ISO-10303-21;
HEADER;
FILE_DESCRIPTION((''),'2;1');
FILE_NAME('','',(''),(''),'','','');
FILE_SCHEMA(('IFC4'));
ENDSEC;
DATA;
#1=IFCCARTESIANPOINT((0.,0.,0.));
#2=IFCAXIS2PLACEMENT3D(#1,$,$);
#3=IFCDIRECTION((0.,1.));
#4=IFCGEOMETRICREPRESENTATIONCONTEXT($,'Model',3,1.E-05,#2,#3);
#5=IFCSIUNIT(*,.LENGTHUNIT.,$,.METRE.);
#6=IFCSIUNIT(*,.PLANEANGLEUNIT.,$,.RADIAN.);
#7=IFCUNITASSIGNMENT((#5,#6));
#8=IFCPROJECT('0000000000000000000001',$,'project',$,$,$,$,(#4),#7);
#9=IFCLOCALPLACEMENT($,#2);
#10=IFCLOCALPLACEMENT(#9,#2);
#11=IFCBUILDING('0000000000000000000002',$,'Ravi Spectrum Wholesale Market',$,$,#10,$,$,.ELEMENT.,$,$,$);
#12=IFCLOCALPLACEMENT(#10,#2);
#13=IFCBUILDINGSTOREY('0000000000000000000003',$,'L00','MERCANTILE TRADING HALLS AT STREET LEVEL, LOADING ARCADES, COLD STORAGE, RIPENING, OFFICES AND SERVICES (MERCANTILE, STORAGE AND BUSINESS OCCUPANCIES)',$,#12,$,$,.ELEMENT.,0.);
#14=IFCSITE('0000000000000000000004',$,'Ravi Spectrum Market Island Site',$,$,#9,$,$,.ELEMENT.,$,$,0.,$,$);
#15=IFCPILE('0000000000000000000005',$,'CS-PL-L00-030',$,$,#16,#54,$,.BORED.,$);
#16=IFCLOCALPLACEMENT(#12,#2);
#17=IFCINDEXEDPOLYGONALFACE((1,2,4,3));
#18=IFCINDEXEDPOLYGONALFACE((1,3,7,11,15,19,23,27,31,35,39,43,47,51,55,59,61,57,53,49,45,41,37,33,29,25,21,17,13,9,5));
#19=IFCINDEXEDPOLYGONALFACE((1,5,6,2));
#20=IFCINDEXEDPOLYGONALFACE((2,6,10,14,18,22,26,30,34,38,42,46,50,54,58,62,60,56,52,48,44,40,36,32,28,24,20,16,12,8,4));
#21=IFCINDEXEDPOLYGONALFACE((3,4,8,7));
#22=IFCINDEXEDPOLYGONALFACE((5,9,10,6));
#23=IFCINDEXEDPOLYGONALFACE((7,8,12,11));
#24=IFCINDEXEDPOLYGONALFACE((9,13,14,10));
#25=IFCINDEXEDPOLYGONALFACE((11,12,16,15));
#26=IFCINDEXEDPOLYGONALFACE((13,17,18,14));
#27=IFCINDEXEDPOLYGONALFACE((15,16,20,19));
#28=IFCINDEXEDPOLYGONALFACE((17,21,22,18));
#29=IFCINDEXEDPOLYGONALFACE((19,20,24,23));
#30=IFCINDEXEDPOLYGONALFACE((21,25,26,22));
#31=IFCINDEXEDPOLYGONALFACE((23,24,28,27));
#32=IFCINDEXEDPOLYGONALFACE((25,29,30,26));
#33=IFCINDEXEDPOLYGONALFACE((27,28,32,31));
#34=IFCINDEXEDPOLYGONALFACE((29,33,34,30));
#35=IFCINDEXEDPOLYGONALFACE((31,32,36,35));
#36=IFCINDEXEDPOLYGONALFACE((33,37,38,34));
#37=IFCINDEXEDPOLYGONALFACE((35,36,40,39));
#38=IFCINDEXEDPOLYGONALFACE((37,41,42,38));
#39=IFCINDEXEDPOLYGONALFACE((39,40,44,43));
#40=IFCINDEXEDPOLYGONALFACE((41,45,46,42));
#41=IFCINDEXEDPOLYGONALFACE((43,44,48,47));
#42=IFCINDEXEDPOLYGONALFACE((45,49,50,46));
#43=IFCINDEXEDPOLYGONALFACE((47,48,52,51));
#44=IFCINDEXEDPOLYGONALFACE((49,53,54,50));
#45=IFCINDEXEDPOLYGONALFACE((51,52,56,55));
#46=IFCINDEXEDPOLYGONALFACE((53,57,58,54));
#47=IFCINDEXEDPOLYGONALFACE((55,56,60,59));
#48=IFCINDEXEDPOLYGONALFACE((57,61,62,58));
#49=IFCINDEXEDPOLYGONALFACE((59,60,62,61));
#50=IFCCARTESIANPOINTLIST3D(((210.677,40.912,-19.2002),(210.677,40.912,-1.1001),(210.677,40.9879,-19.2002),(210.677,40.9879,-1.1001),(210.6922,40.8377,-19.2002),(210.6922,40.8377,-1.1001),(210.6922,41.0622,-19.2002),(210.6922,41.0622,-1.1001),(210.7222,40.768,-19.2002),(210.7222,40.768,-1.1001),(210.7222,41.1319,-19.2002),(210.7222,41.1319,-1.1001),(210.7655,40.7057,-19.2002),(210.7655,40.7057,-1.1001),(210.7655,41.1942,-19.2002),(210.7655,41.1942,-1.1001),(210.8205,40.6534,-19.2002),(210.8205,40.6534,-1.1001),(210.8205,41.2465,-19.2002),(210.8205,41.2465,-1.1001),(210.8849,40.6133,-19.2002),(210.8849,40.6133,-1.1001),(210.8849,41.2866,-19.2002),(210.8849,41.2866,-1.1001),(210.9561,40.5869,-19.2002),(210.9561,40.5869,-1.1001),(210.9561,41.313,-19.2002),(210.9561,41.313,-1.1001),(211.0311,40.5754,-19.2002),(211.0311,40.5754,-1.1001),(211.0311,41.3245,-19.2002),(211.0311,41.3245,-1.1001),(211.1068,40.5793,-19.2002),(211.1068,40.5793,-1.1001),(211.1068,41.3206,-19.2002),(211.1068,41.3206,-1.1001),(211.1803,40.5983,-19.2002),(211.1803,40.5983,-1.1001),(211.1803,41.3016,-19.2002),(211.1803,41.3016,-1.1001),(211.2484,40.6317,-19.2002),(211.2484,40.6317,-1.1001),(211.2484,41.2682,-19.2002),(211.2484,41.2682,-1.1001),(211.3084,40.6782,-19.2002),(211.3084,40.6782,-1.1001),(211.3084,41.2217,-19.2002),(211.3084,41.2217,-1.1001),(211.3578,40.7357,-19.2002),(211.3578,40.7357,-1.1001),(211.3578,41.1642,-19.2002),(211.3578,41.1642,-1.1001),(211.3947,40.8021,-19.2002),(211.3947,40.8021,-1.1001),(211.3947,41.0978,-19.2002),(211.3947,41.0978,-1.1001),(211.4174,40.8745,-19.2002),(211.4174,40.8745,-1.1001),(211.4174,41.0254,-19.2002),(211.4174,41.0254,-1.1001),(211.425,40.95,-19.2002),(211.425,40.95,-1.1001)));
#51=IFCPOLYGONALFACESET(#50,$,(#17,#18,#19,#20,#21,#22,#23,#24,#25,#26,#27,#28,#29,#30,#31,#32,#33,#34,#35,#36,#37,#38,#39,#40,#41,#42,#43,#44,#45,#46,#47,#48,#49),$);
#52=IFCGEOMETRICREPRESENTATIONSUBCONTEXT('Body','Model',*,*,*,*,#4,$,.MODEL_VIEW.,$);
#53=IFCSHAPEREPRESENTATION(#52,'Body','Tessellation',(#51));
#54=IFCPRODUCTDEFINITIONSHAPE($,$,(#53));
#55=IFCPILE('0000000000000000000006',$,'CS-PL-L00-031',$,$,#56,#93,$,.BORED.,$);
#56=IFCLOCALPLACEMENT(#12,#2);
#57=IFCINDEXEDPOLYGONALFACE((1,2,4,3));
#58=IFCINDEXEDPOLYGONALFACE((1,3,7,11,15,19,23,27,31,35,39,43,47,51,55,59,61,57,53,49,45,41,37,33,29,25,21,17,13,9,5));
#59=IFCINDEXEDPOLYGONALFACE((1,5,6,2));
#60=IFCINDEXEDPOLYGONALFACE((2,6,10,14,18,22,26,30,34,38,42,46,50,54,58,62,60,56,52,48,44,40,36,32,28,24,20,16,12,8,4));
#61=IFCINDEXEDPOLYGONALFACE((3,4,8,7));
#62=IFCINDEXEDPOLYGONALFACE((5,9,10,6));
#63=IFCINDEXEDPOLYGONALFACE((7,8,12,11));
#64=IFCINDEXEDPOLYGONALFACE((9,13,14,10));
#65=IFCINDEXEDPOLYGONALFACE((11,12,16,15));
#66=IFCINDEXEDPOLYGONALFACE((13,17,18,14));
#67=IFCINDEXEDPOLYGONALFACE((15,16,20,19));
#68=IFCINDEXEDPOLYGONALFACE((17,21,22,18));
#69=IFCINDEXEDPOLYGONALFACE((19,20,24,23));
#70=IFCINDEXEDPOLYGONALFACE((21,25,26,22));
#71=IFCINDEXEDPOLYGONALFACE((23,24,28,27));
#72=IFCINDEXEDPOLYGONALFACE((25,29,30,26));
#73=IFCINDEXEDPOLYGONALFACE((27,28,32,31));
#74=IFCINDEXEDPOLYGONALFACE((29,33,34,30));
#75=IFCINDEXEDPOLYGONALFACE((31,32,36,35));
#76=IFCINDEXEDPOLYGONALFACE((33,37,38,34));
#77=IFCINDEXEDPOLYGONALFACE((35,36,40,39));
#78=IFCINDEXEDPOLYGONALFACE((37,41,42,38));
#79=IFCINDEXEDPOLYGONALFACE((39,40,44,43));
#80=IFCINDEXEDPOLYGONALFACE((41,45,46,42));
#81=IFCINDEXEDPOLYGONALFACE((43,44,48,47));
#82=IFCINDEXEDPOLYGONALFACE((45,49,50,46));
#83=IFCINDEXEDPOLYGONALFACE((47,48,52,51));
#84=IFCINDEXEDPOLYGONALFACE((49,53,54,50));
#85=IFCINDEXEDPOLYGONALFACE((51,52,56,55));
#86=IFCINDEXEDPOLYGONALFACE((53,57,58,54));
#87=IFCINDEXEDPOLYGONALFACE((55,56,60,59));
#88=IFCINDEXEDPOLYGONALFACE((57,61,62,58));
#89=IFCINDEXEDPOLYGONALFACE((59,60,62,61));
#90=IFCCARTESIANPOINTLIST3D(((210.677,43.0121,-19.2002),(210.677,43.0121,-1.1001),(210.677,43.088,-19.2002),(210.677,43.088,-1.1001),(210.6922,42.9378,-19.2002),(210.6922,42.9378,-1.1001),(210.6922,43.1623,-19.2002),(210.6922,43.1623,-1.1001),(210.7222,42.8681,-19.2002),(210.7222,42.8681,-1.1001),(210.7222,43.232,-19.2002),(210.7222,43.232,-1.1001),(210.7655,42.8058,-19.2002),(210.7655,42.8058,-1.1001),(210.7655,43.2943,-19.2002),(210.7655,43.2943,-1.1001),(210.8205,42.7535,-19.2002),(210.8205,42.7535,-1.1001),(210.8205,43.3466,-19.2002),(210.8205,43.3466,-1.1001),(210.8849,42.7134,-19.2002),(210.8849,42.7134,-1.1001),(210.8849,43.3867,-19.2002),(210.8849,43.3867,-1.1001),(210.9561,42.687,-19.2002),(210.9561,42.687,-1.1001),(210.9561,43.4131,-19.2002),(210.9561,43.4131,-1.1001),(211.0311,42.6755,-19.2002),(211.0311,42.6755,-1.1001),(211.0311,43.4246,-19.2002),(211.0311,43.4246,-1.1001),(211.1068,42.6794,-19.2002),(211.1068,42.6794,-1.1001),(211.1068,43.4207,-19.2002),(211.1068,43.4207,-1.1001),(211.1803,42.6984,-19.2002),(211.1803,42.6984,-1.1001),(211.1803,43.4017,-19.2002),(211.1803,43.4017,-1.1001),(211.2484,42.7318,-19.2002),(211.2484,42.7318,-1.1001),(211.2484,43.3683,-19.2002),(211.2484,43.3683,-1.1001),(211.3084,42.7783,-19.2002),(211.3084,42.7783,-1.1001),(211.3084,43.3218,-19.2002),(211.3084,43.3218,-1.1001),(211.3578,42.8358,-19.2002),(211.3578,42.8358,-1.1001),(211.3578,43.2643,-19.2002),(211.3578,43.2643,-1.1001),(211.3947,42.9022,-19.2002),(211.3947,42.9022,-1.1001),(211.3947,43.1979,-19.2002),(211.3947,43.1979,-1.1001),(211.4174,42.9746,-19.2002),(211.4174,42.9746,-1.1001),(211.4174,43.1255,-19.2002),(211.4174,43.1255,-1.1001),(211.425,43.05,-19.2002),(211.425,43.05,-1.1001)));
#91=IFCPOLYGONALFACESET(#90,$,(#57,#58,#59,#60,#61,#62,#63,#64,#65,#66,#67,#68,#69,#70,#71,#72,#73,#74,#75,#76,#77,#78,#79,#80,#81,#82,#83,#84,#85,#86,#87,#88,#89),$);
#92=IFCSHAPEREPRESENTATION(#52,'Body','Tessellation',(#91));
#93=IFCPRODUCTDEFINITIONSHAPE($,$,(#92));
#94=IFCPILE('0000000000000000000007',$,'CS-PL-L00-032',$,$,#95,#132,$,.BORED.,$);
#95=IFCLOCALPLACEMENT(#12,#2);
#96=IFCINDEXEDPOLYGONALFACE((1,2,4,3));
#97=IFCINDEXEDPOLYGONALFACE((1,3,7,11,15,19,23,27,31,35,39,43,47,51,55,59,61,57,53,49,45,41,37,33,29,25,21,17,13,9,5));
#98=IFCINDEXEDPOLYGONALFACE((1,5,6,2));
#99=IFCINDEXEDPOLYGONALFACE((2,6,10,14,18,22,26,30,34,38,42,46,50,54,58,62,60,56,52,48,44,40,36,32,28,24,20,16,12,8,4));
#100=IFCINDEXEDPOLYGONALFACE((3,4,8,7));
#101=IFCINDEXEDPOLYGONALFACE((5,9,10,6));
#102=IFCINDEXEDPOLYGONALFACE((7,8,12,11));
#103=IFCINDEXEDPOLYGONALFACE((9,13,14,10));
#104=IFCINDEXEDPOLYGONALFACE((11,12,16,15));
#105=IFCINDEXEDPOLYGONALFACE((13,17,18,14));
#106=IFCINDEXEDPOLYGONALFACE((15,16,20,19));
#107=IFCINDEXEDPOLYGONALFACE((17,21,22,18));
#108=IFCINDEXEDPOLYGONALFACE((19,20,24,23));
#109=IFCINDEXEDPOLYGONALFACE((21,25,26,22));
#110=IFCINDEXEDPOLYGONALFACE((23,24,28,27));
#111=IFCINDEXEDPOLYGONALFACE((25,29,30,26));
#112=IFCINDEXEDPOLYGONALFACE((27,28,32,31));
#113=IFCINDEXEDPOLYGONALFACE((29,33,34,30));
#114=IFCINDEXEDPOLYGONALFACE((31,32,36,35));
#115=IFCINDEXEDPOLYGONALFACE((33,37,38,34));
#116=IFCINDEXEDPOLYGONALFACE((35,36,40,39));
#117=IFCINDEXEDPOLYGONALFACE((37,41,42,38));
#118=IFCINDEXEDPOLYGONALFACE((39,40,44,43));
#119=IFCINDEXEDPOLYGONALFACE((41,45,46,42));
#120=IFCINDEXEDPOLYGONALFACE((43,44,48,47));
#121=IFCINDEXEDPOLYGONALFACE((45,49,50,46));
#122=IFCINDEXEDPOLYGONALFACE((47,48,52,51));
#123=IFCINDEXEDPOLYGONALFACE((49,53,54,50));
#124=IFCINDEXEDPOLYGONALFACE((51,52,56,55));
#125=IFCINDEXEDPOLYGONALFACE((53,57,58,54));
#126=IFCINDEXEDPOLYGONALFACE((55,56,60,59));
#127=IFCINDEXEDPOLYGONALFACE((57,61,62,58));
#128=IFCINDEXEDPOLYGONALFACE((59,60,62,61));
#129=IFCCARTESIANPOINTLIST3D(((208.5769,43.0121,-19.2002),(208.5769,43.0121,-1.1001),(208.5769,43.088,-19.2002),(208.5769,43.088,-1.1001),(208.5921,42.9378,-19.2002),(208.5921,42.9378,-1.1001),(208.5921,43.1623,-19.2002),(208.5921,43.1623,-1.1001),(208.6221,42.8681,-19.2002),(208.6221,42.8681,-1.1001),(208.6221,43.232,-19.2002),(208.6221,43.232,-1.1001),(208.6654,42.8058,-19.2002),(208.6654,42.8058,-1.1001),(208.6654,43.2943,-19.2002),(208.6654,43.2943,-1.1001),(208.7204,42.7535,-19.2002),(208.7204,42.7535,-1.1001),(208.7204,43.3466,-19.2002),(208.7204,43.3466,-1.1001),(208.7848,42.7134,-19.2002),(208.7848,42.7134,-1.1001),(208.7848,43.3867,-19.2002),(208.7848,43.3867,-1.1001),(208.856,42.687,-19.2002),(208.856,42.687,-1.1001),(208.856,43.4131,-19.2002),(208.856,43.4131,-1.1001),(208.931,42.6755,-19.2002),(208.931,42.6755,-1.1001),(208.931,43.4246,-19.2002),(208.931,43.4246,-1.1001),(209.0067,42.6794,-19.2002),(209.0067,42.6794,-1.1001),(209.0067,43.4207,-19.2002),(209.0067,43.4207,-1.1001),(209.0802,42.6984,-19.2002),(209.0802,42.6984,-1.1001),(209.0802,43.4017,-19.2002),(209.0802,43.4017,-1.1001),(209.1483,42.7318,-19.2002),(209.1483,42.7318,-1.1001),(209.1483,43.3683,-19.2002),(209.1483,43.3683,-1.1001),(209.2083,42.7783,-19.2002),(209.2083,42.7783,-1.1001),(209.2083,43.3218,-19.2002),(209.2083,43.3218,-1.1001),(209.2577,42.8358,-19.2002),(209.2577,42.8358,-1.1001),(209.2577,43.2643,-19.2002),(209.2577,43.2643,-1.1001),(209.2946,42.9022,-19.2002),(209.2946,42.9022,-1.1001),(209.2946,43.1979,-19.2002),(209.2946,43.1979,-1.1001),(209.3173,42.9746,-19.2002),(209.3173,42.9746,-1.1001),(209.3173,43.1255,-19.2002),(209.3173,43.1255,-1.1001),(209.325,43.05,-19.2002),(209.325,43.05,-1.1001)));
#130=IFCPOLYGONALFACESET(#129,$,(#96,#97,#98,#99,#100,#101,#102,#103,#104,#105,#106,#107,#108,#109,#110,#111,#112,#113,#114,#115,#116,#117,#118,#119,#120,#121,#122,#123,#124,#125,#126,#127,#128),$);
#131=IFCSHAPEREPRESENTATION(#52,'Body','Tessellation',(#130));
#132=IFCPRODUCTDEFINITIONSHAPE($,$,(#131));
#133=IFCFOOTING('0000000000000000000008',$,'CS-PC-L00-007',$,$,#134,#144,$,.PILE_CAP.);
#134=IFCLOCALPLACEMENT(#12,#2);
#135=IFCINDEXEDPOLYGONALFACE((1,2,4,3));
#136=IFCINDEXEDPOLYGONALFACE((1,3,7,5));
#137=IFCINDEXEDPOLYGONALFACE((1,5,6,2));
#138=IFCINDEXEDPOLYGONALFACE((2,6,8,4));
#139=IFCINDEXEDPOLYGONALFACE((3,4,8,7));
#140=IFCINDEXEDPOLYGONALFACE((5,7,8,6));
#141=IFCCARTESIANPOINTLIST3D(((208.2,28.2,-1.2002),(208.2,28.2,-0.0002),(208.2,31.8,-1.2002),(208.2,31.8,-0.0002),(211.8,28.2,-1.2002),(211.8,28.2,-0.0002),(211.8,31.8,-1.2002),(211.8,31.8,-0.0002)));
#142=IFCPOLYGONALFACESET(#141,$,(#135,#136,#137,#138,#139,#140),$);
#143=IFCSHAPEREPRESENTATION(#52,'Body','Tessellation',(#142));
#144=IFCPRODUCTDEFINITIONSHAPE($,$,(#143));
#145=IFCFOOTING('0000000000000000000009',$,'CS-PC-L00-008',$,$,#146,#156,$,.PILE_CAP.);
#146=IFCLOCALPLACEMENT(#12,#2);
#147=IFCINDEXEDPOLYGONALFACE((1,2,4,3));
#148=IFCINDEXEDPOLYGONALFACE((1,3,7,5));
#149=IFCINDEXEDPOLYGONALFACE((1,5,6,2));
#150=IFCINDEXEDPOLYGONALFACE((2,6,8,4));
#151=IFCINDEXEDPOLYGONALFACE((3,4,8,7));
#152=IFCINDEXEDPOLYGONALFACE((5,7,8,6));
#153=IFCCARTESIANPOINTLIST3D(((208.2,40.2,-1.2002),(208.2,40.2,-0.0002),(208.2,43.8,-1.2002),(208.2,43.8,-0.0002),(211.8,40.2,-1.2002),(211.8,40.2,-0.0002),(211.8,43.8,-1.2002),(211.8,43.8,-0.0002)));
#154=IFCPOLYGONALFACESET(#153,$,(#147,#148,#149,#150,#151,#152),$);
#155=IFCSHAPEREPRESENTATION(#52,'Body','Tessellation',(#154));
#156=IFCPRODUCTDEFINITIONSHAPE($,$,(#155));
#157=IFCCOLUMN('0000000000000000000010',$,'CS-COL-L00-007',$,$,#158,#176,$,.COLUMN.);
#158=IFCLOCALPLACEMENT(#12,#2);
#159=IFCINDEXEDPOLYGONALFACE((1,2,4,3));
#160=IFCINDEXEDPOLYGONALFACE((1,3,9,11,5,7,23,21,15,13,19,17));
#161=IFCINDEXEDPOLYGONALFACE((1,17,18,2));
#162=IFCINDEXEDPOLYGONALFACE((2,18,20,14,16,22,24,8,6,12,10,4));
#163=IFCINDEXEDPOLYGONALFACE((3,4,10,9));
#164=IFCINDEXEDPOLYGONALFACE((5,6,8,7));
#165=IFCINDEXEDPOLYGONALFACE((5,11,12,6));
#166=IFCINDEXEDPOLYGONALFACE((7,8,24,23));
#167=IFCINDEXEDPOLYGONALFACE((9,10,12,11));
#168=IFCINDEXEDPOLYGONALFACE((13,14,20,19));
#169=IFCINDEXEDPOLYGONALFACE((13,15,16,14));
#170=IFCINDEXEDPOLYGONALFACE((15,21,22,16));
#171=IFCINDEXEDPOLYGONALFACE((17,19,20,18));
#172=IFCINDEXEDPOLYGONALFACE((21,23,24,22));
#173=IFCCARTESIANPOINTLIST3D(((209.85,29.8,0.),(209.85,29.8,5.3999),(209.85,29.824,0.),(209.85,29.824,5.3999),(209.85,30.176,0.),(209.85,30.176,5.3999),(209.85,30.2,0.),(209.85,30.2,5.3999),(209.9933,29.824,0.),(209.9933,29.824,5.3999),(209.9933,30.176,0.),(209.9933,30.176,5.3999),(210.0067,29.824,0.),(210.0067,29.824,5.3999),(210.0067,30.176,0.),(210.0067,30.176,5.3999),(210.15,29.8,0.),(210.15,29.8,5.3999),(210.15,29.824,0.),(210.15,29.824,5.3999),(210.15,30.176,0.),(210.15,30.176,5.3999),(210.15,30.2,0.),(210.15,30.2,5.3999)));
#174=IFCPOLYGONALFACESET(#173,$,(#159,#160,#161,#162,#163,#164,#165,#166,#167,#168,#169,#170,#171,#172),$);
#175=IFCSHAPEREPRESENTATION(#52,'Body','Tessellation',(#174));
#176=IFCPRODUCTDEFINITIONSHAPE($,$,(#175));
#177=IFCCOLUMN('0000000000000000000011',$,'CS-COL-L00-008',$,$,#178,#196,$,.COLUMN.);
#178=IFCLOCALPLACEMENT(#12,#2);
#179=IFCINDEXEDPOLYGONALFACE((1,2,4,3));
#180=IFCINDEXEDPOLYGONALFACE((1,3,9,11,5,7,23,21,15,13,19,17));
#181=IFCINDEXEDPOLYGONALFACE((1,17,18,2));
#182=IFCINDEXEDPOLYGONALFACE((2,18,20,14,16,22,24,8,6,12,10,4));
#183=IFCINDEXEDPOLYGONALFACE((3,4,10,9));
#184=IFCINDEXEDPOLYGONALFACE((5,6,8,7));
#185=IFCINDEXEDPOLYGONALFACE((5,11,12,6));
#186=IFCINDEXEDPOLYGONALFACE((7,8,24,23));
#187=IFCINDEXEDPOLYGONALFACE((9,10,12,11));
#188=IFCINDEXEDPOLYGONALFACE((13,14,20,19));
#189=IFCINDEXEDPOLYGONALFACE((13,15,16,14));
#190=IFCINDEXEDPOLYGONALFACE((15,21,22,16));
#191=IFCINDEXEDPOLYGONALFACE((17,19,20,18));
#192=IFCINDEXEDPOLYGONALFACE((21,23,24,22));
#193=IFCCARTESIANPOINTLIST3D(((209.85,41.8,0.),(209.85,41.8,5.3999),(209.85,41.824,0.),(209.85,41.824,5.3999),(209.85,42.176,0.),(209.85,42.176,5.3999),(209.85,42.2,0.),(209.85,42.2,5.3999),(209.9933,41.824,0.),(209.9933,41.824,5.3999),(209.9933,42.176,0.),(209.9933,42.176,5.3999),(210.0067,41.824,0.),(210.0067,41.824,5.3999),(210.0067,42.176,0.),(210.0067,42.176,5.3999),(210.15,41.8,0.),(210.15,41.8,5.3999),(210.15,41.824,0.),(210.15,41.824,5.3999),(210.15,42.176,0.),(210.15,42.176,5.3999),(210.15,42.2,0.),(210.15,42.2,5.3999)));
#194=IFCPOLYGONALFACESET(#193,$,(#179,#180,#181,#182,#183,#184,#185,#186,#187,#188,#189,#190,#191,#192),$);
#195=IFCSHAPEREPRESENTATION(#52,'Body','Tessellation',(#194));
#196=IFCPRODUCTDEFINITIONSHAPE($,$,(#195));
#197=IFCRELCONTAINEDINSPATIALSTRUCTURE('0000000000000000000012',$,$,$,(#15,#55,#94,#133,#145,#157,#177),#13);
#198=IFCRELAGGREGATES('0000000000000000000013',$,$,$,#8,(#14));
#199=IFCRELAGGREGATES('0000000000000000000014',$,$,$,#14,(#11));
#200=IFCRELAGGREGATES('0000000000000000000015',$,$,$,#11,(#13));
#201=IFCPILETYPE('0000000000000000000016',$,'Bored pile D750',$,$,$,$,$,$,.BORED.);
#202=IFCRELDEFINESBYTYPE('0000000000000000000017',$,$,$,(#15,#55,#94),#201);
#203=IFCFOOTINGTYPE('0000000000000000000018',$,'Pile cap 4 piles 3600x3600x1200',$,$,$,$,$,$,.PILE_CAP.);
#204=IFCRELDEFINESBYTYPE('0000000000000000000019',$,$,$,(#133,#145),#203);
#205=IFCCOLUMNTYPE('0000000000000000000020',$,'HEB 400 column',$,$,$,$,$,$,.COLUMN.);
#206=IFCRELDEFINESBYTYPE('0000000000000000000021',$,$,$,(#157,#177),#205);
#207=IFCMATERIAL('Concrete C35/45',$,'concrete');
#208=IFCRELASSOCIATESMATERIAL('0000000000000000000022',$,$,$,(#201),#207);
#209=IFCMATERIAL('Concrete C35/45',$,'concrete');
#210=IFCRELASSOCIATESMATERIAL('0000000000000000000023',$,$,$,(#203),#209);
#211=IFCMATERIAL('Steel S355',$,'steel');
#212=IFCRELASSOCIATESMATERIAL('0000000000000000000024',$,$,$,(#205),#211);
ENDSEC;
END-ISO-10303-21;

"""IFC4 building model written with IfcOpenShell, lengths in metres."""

from ifc_helpers import new_model, si_unit, direction, frame, origin, origin_2d, place, context, subcontext, project, spatial, rectangle, circle, i_section, extrude, material, material_profile, profile_set, type_object, element, save


model = new_model("IFC4")

# Units and contexts
model_context = context("Model", 3, precision=1e-05, world=origin(), true_north=direction((0.0, 1.0)))
body_context = subcontext(model_context, "Body", "Model", "MODEL_VIEW")
ifc_project = project(units=[si_unit("LENGTHUNIT", "METRE"), si_unit("PLANEANGLEUNIT", "RADIAN")], contexts=[model_context])

# Site, building, storey
site_placement = place(None, origin())
site = spatial("IfcSite", under=ifc_project, at=site_placement, Name="Ravi Spectrum Market Island Site", CompositionType="ELEMENT", RefElevation=0.0)
building_placement = place(site_placement, origin())
building = spatial("IfcBuilding", under=site, at=building_placement, Name="Ravi Spectrum Wholesale Market", CompositionType="ELEMENT")
storey_placement = place(building_placement, origin())
storey = spatial("IfcBuildingStorey", under=building, at=storey_placement, Name="L00", Description="MERCANTILE TRADING HALLS AT STREET LEVEL, LOADING ARCADES, COLD STORAGE, RIPENING, OFFICES AND SERVICES (MERCANTILE, STORAGE AND BUSINESS OCCUPANCIES)", CompositionType="ELEMENT", Elevation=0.0)

# Piles
ifc_material_1 = material(Name="Concrete C35/45", Category="concrete")
ifc_material_profile_1 = material_profile(ifc_material_1, circle(Radius=0.375, at=origin_2d()))
ifc_profile_set_1 = profile_set([ifc_material_profile_1], Name="Concrete C35/45")
pile_type = type_object("IfcPileType", Name="Bored pile D750", PredefinedType="BORED", material=ifc_profile_set_1)
for number, where, z_axis, x_axis, name in (
    (1, (211.05, 40.95, -1.1001), (0.0, 0.0, -1.0), (1.0, 0.0, 0.0), "CS-PL-L00-030"),
    (2, (211.05, 43.05, -1.1001), (0.0, 0.0, -1.0), (1.0, 0.0, 0.0), "CS-PL-L00-031"),
    (3, (208.95, 43.05, -1.1001), (0.0, 0.0, -1.0), (1.0, 0.0, 0.0), "CS-PL-L00-032"),
):
    element("IfcPile", number, at=place(storey_placement, frame(where, z_axis=z_axis, x_axis=x_axis)), inside=storey, type_object=pile_type, Name=name, PredefinedType="BORED", context=body_context, shape_type="SweptSolid", body=[
        extrude(circle(Radius=0.375, at=origin_2d()), origin(), (0.0, 0.0, 1.0), 18.1001),
    ])

# Footings
ifc_material_2 = material(Name="Concrete C35/45", Category="concrete")
footing_type = type_object("IfcFootingType", Name="Pile cap 4 piles 3600x3600x1200", PredefinedType="PILE_CAP", material=ifc_material_2)
for number, where, z_axis, x_axis, name in (
    (4, (210.0, 30.0, -1.2002), (0.0, 0.0, 1.0), (1.0, 0.0, 0.0), "CS-PC-L00-007"),
    (5, (210.0, 42.0, -1.2002), (0.0, 0.0, 1.0), (1.0, 0.0, 0.0), "CS-PC-L00-008"),
):
    element("IfcFooting", number, at=place(storey_placement, frame(where, z_axis=z_axis, x_axis=x_axis)), inside=storey, type_object=footing_type, Name=name, PredefinedType="PILE_CAP", context=body_context, shape_type="SweptSolid", body=[
        extrude(rectangle(XDim=3.6001, YDim=3.6001, at=origin_2d()), origin(), (0.0, 0.0, 1.0), 1.2),
    ])

# Columns
ifc_material_3 = material(Name="Steel S355", Category="steel")
ifc_material_profile_2 = material_profile(ifc_material_3, i_section(OverallWidth=0.3, OverallDepth=0.3999, WebThickness=0.0134, FlangeThickness=0.0239, at=origin_2d()))
ifc_profile_set_2 = profile_set([ifc_material_profile_2], Name="Steel S355")
column_type = type_object("IfcColumnType", Name="HEB 400 column", PredefinedType="COLUMN", material=ifc_profile_set_2)
for number, where, z_axis, x_axis, name in (
    (6, (210.0, 30.0, 0.0), (0.0, 0.0, 1.0), (1.0, 0.0, 0.0), "CS-COL-L00-007"),
    (7, (210.0, 42.0, 0.0), (0.0, 0.0, 1.0), (1.0, 0.0, 0.0), "CS-COL-L00-008"),
):
    element("IfcColumn", number, at=place(storey_placement, frame(where, z_axis=z_axis, x_axis=x_axis)), inside=storey, type_object=column_type, Name=name, PredefinedType="COLUMN", context=body_context, shape_type="SweptSolid", body=[
        extrude(i_section(OverallWidth=0.3, OverallDepth=0.3999, WebThickness=0.0134, FlangeThickness=0.0239, at=origin_2d()), origin(), (0.0, 0.0, 1.0), 5.3999),
    ])

save(model, "model.ifc")
